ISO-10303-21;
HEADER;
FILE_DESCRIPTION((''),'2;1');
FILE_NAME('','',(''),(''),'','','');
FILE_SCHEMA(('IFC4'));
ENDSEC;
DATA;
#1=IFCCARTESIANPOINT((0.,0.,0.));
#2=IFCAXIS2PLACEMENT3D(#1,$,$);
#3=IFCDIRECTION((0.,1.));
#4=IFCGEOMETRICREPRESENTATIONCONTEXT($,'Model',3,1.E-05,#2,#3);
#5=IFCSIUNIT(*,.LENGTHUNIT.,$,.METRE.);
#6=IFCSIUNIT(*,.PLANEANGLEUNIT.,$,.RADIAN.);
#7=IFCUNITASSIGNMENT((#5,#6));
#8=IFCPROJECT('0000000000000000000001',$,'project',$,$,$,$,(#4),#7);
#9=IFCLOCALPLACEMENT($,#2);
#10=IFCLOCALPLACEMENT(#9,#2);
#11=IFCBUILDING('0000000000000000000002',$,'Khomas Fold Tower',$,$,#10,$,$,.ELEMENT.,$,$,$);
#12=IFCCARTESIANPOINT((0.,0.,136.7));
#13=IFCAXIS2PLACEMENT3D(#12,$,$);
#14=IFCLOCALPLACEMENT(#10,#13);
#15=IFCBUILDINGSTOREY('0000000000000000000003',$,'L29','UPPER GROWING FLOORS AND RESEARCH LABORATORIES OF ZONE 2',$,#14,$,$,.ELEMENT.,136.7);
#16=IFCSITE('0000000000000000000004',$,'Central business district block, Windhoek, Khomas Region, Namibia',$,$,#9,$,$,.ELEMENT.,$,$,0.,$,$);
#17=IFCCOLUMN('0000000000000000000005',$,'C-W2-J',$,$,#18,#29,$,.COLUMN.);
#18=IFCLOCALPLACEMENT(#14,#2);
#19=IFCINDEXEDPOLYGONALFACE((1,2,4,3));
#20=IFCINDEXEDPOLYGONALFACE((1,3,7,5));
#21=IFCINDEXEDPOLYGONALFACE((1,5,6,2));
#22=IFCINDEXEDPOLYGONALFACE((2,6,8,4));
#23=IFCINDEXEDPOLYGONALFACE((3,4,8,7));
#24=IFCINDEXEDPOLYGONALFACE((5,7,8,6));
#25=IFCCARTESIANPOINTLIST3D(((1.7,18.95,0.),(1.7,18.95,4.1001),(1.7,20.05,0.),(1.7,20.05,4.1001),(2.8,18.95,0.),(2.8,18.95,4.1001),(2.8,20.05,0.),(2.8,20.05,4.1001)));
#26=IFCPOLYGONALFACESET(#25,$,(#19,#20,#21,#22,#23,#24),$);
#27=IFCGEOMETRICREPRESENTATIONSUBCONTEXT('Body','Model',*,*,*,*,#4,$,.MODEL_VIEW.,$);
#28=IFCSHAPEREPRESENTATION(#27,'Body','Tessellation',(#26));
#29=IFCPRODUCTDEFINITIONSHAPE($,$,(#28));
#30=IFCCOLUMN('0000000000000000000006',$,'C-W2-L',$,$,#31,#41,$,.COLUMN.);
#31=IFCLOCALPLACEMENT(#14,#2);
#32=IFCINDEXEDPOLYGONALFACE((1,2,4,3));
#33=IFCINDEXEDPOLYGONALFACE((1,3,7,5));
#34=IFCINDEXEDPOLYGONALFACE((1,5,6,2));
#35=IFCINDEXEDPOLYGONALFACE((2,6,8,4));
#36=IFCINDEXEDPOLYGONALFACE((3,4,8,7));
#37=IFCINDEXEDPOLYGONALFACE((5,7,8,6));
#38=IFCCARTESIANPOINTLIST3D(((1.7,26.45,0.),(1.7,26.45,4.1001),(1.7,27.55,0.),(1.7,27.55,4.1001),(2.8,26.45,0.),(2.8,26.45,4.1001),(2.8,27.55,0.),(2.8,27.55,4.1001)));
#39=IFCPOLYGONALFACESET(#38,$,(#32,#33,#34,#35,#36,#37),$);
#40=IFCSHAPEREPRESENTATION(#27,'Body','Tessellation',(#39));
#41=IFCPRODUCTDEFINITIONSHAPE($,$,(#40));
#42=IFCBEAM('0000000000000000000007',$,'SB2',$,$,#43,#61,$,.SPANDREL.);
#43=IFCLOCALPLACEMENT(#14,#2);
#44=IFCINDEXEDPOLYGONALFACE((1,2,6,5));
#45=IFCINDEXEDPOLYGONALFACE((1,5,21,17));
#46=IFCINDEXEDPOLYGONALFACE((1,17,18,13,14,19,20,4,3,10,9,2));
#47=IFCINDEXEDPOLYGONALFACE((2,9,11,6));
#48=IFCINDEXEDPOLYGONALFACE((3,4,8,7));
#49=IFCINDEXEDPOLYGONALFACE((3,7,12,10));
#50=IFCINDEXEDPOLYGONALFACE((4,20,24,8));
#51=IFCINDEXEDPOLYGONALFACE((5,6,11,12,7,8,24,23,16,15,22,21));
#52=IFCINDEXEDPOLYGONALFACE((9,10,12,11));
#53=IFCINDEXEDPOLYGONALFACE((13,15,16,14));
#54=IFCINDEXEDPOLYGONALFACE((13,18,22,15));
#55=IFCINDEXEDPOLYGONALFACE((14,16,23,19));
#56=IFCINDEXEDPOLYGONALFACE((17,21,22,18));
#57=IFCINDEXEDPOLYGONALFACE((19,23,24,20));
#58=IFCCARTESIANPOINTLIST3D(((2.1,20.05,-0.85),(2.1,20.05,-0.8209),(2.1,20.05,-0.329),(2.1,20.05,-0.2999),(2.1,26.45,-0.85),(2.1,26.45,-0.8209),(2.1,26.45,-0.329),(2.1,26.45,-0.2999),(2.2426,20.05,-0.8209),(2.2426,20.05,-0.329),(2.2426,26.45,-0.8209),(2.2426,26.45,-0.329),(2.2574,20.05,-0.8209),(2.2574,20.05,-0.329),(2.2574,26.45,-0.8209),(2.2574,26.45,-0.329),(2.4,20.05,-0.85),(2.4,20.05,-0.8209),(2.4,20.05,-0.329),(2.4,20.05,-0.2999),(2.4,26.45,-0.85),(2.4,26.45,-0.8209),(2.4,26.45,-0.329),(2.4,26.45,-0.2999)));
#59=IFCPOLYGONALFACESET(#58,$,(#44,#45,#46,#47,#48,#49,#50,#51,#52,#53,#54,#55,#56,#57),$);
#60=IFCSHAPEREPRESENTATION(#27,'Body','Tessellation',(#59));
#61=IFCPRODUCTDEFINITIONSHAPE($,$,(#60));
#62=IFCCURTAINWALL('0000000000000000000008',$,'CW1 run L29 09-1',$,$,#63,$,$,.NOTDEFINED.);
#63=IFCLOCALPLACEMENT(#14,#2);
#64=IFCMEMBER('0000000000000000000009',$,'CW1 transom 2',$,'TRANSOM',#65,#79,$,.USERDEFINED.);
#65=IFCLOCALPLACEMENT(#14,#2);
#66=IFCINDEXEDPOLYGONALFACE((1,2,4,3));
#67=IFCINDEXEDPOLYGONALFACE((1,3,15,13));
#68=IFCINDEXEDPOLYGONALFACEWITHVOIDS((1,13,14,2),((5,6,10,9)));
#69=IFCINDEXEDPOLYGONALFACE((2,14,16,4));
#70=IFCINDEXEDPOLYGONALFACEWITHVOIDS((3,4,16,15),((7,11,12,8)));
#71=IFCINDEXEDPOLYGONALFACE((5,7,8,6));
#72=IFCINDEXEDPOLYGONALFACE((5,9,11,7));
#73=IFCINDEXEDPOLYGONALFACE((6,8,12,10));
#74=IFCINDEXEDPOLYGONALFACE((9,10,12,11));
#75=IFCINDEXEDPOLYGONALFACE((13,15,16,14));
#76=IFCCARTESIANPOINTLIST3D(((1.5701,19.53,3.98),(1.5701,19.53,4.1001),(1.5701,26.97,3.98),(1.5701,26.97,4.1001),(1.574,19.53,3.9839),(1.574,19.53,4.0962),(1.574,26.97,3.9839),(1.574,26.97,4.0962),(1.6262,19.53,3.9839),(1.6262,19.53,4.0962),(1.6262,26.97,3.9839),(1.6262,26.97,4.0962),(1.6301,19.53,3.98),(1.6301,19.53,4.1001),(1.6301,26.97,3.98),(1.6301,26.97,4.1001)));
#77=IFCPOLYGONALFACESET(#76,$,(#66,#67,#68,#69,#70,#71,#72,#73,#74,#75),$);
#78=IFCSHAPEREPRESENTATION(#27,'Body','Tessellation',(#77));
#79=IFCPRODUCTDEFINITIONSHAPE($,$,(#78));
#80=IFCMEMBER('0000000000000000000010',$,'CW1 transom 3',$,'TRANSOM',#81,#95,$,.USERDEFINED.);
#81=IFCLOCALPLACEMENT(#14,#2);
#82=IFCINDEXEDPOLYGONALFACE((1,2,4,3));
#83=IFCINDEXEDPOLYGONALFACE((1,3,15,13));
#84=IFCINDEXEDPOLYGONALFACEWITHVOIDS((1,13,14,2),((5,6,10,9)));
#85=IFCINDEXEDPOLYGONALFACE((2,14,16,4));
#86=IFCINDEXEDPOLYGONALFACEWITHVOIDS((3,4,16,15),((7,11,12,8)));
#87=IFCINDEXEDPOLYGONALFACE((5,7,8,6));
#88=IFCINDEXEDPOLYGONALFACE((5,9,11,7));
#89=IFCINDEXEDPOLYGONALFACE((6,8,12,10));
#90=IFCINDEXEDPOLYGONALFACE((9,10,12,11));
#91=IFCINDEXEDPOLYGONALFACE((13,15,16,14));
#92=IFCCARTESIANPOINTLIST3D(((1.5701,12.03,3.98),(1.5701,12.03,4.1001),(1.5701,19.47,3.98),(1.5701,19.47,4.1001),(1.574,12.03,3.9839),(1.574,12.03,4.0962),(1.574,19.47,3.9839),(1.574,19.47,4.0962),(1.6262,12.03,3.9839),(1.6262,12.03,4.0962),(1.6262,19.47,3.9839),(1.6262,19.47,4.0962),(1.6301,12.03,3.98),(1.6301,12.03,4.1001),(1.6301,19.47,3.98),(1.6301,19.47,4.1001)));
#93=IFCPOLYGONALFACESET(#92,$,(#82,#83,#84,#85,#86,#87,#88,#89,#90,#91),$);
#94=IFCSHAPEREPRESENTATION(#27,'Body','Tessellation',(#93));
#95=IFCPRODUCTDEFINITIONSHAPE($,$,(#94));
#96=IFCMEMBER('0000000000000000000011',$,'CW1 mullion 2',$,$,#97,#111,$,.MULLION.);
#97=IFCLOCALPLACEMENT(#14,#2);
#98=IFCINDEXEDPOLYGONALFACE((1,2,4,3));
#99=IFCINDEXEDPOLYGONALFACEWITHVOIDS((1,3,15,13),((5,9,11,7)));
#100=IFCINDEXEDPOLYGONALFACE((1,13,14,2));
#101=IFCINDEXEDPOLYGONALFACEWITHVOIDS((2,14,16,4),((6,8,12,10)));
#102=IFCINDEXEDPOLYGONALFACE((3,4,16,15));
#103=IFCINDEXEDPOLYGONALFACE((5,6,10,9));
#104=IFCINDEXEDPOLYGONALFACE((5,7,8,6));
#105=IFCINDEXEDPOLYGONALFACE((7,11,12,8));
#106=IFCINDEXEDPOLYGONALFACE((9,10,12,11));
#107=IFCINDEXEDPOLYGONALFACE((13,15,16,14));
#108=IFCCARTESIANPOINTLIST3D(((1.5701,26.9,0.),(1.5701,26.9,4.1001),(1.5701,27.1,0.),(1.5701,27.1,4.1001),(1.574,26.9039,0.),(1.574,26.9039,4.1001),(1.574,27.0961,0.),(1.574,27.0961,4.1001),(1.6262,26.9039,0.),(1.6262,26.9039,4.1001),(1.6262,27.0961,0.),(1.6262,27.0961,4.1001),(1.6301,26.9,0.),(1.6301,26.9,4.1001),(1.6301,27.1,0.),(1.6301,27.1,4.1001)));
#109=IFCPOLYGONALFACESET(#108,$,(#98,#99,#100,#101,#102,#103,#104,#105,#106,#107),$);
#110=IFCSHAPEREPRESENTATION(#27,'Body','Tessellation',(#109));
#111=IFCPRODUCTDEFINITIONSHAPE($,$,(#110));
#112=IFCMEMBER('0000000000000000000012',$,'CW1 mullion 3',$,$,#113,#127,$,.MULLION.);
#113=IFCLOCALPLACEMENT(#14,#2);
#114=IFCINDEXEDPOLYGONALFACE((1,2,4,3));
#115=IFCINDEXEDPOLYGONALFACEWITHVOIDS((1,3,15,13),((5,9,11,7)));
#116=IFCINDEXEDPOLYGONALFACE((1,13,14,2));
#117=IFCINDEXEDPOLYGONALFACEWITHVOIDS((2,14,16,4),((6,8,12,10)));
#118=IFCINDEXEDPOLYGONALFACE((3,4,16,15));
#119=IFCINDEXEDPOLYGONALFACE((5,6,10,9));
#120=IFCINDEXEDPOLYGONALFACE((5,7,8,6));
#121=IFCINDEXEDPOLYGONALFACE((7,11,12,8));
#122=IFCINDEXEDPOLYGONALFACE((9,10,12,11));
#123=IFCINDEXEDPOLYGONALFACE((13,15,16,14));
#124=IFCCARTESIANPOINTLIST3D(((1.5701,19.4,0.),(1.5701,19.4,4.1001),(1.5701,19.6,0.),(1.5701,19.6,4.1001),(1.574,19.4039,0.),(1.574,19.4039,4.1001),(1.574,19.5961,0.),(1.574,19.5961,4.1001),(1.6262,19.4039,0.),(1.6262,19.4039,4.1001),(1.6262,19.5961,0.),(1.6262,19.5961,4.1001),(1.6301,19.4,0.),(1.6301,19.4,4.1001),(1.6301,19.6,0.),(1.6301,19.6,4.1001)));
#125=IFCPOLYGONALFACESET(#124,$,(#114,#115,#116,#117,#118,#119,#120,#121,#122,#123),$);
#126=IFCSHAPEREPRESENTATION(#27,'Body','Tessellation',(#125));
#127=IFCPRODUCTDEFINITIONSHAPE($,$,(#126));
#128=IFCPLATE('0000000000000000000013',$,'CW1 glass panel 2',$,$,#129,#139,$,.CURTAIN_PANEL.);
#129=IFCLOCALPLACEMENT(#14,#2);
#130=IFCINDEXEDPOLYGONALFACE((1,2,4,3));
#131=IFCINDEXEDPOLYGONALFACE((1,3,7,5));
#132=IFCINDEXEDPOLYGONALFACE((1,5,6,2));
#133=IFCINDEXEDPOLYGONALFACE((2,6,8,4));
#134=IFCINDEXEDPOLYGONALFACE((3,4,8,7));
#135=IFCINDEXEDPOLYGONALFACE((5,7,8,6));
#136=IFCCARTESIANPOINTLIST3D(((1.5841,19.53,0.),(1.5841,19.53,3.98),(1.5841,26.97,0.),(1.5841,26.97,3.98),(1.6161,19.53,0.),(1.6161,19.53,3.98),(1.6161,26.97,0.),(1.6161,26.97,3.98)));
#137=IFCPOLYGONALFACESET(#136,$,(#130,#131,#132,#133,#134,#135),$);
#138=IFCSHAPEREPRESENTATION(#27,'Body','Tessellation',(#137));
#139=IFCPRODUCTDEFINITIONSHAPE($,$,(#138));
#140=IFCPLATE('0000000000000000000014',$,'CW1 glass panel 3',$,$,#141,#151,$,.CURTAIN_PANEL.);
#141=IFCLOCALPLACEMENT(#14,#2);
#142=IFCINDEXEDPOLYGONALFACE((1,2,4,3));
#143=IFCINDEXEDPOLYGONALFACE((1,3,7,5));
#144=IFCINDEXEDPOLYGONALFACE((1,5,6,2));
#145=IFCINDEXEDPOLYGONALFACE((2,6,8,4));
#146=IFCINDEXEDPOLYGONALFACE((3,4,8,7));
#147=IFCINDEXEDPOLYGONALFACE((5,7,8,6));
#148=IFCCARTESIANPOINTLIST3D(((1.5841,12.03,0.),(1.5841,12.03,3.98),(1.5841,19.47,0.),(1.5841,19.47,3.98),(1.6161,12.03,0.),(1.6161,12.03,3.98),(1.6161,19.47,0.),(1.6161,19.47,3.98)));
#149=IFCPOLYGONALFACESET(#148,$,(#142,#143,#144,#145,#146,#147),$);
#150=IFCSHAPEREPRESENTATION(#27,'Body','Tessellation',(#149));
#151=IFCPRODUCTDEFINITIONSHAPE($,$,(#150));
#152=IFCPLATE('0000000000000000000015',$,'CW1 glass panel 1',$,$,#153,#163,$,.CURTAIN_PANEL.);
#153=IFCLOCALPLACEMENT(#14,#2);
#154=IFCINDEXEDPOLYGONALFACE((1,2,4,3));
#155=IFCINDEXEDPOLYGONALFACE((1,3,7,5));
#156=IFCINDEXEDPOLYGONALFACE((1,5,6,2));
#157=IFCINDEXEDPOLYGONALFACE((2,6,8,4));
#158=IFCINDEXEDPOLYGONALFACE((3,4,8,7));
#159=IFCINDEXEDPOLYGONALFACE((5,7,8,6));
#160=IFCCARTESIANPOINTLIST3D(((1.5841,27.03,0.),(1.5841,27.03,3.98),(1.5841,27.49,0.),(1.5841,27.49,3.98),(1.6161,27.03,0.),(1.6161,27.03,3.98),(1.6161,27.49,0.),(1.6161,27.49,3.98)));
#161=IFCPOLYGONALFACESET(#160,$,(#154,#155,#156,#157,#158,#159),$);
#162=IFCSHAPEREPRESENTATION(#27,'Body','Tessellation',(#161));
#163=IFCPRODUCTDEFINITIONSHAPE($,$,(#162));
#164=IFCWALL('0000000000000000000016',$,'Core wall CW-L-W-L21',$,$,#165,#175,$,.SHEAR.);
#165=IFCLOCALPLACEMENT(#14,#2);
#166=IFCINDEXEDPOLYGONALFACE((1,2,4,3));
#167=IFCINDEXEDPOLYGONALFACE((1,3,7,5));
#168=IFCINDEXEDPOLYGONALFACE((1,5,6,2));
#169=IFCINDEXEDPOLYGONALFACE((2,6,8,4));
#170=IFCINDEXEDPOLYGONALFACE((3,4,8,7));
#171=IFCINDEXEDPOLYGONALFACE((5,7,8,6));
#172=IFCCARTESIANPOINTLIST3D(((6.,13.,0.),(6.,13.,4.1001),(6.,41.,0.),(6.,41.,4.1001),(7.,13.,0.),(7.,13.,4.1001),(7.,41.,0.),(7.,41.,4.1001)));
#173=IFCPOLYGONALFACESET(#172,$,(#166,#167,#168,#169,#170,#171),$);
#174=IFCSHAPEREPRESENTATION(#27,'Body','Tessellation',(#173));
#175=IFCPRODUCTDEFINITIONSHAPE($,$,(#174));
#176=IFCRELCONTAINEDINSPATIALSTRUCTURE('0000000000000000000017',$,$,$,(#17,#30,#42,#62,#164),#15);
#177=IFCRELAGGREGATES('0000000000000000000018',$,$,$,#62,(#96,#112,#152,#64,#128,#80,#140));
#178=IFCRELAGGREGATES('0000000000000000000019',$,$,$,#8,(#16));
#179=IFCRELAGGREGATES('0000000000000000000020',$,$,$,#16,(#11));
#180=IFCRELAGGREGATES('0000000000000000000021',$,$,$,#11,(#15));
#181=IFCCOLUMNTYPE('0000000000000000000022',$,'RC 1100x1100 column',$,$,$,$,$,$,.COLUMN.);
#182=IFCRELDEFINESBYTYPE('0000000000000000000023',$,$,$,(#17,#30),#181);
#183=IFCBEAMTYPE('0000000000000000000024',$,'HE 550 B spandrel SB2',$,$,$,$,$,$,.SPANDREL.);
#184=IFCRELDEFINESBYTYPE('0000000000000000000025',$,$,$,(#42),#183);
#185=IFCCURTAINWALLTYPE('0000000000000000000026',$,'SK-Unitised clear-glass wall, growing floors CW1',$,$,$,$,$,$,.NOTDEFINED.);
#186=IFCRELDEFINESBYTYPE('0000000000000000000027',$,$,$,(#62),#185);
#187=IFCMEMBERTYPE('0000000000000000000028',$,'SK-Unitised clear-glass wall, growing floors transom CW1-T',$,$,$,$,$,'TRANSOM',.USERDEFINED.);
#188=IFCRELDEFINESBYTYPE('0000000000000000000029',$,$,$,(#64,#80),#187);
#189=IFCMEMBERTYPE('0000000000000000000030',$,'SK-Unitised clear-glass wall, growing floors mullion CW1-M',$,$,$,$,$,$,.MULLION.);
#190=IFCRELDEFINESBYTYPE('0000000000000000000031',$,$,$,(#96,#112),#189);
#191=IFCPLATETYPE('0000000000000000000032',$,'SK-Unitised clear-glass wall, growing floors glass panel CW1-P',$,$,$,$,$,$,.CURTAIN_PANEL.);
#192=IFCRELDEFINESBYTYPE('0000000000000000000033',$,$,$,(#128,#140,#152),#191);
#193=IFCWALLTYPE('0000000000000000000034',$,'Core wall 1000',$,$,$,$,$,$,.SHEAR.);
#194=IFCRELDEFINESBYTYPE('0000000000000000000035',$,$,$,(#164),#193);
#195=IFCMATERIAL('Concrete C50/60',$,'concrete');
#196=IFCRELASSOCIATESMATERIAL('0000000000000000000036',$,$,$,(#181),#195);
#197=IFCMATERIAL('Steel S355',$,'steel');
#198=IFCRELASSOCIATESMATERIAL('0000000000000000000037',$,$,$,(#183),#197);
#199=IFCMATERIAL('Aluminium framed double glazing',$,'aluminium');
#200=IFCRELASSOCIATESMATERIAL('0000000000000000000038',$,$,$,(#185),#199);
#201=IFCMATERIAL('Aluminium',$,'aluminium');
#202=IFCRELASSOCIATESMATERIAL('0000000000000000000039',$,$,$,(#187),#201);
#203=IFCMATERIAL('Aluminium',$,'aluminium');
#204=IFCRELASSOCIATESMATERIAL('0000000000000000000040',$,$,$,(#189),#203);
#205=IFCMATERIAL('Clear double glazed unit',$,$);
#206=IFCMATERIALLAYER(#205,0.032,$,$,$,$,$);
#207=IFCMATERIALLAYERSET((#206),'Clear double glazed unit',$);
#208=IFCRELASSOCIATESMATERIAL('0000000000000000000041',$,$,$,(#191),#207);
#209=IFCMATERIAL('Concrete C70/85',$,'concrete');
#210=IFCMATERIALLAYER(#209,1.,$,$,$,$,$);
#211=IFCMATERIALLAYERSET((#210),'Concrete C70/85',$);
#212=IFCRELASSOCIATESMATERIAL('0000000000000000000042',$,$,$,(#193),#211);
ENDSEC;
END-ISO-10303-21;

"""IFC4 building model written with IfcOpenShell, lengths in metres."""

from ifc_helpers import new_model, si_unit, direction, frame, frame_2d, origin, origin_2d, place, context, subcontext, project, spatial, rectangle, hollow_rectangle, i_section, extrude, source, transform, mapped, material, layer, layer_set, material_profile, profile_set, type_object, element, aggregate, save


model = new_model("IFC4")

# Units and contexts
model_context = context("Model", 3, precision=1e-05, world=origin(), true_north=direction((0.0, 1.0)))
body_context = subcontext(model_context, "Body", "Model", "MODEL_VIEW")
ifc_project = project(units=[si_unit("LENGTHUNIT", "METRE"), si_unit("PLANEANGLEUNIT", "RADIAN")], contexts=[model_context])

# Site, building, storey
site_placement = place(None, origin())
site = spatial("IfcSite", under=ifc_project, at=site_placement, Name="Central business district block, Windhoek, Khomas Region, Namibia", CompositionType="ELEMENT", RefElevation=0.0)
building_placement = place(site_placement, origin())
building = spatial("IfcBuilding", under=site, at=building_placement, Name="Khomas Fold Tower", CompositionType="ELEMENT")
storey_placement = place(building_placement, frame((0.0, 0.0, 136.7)))
storey = spatial("IfcBuildingStorey", under=building, at=storey_placement, Name="L29", Description="UPPER GROWING FLOORS AND RESEARCH LABORATORIES OF ZONE 2", CompositionType="ELEMENT", Elevation=136.7)

# Columns
ifc_material_1 = material(Name="Concrete C50/60", Category="concrete")
ifc_material_profile_1 = material_profile(ifc_material_1, rectangle(XDim=1.1001, YDim=1.1001, at=origin_2d()), Name="RC 1100x1100")
ifc_profile_set_1 = profile_set([ifc_material_profile_1], Name="Concrete C50/60")
column_type = type_object("IfcColumnType", Name="RC 1100x1100 column", PredefinedType="COLUMN", material=ifc_profile_set_1)
shared_shape_1 = source(origin(), body_context, "Body", "SweptSolid", [
    extrude(rectangle(XDim=1.1001, YDim=1.1001, at=origin_2d()), origin(), (0.0, 0.0, 1.0), 4.1001),
])
for number, where, z_axis, x_axis, name in (
    (1, (2.25, 19.5, 0.0), (0.0, 0.0, 1.0), (1.0, 0.0, 0.0), "C-W2-J"),
    (2, (2.25, 27.0, 0.0), (0.0, 0.0, 1.0), (1.0, 0.0, 0.0), "C-W2-L"),
):
    element("IfcColumn", number, at=place(storey_placement, frame(where, z_axis=z_axis, x_axis=x_axis)), inside=storey, type_object=column_type, Name=name, PredefinedType="COLUMN", context=body_context, shape_type="MappedRepresentation", body=[
        mapped(shared_shape_1, transform((0.0, 0.0, 0.0))),
    ])

# Beam
ifc_material_2 = material(Name="Steel S355", Category="steel")
ifc_material_profile_2 = material_profile(ifc_material_2, i_section(OverallWidth=0.3, OverallDepth=0.55, WebThickness=0.0149, FlangeThickness=0.0291, at=origin_2d()), Name="HE 550 B")
ifc_profile_set_2 = profile_set([ifc_material_profile_2], Name="Steel S355")
beam_type = type_object("IfcBeamType", Name="HE 550 B spandrel SB2", PredefinedType="SPANDREL", material=ifc_profile_set_2)
shared_shape_2 = source(origin(), body_context, "Body", "SweptSolid", [
    extrude(i_section(OverallWidth=0.3, OverallDepth=0.55, WebThickness=0.0149, FlangeThickness=0.0291, at=origin_2d()), origin(), (0.0, 0.0, 1.0), 6.3999),
])
beam_placement = place(storey_placement, frame((2.25, 20.05, -0.575), z_axis=(0.0, 1.0, 0.0), x_axis=(-1.0, 0.0, 0.0)))
element("IfcBeam", 3, at=beam_placement, inside=storey, type_object=beam_type, Name="SB2", PredefinedType="SPANDREL", context=body_context, shape_type="MappedRepresentation", body=[
    mapped(shared_shape_2, transform((0.0, 0.0, 0.0))),
])

# Curtain wall, members, plates
ifc_material_3 = material(Name="Aluminium framed double glazing", Category="aluminium")
curtain_wall_type = type_object("IfcCurtainWallType", Name="SK-Unitised clear-glass wall, growing floors CW1", PredefinedType="NOTDEFINED", material=ifc_material_3)
curtain_wall_placement = place(storey_placement, origin())
curtain_wall = element("IfcCurtainWall", 4, at=curtain_wall_placement, inside=storey, type_object=curtain_wall_type, Name="CW1 run L29 09-1", PredefinedType="NOTDEFINED")
ifc_material_4 = material(Name="Aluminium", Category="aluminium")
ifc_material_profile_3 = material_profile(ifc_material_4, hollow_rectangle(XDim=0.0601, YDim=0.1201, WallThickness=0.0039, at=origin_2d()), Name="SK-Unitised clear-glass wall, growing floors transom CW1-T")
ifc_profile_set_3 = profile_set([ifc_material_profile_3], Name="Aluminium")
member_type_1 = type_object("IfcMemberType", Name="SK-Unitised clear-glass wall, growing floors transom CW1-T", ElementType="TRANSOM", PredefinedType="USERDEFINED", material=ifc_profile_set_3)
shared_shape_3 = source(origin(), body_context, "Body", "SweptSolid", [
    extrude(hollow_rectangle(XDim=0.0601, YDim=0.1201, WallThickness=0.0039, at=origin_2d()), origin(), (0.0, 0.0, 1.0), 7.4399),
])
member_1_placement = place(storey_placement, frame((1.6001, 26.97, 4.04), z_axis=(0.0, -1.0, 0.0), x_axis=(1.0, 0.0, 0.0)))
member_1 = element("IfcMember", 5, at=member_1_placement, type_object=member_type_1, Name="CW1 transom 2", ObjectType="TRANSOM", PredefinedType="USERDEFINED", context=body_context, shape_type="MappedRepresentation", body=[
    mapped(shared_shape_3, transform((0.0, 0.0, 0.0))),
])
member_2_placement = place(storey_placement, frame((1.6001, 19.47, 4.04), z_axis=(0.0, -1.0, 0.0), x_axis=(1.0, 0.0, 0.0)))
member_2 = element("IfcMember", 6, at=member_2_placement, type_object=member_type_1, Name="CW1 transom 3", ObjectType="TRANSOM", PredefinedType="USERDEFINED", context=body_context, shape_type="MappedRepresentation", body=[
    mapped(shared_shape_3, transform((0.0, 0.0, 0.0))),
])
ifc_material_5 = material(Name="Aluminium", Category="aluminium")
ifc_material_profile_4 = material_profile(ifc_material_5, hollow_rectangle(XDim=0.0601, YDim=0.2, WallThickness=0.0039, at=origin_2d()), Name="SK-Unitised clear-glass wall, growing floors mullion CW1-M")
ifc_profile_set_4 = profile_set([ifc_material_profile_4], Name="Aluminium")
member_type_2 = type_object("IfcMemberType", Name="SK-Unitised clear-glass wall, growing floors mullion CW1-M", PredefinedType="MULLION", material=ifc_profile_set_4)
shared_shape_4 = source(origin(), body_context, "Body", "SweptSolid", [
    extrude(hollow_rectangle(XDim=0.0601, YDim=0.2, WallThickness=0.0039, at=origin_2d()), origin(), (0.0, 0.0, 1.0), 4.1001),
])
member_3_placement = place(storey_placement, frame((1.6001, 27.0, 0.0), z_axis=(0.0, 0.0, 1.0), x_axis=(1.0, 0.0, 0.0)))
member_3 = element("IfcMember", 7, at=member_3_placement, type_object=member_type_2, Name="CW1 mullion 2", PredefinedType="MULLION", context=body_context, shape_type="MappedRepresentation", body=[
    mapped(shared_shape_4, transform((0.0, 0.0, 0.0))),
])
member_4_placement = place(storey_placement, frame((1.6001, 19.5, 0.0), z_axis=(0.0, 0.0, 1.0), x_axis=(1.0, 0.0, 0.0)))
member_4 = element("IfcMember", 8, at=member_4_placement, type_object=member_type_2, Name="CW1 mullion 3", PredefinedType="MULLION", context=body_context, shape_type="MappedRepresentation", body=[
    mapped(shared_shape_4, transform((0.0, 0.0, 0.0))),
])
ifc_material_6 = material(Name="Clear double glazed unit")
ifc_layer_1 = layer(ifc_material_6, 0.032)
ifc_layer_set_1 = layer_set([ifc_layer_1], Name="Clear double glazed unit")
plate_type = type_object("IfcPlateType", Name="SK-Unitised clear-glass wall, growing floors glass panel CW1-P", PredefinedType="CURTAIN_PANEL", material=ifc_layer_set_1)
shared_shape_5 = source(origin(), body_context, "Body", "SweptSolid", [
    extrude(rectangle(XDim=7.4399, YDim=0.032, at=origin_2d()), origin(), (0.0, 0.0, 1.0), 3.98),
])
plate_1_placement = place(storey_placement, frame((1.6001, 23.25, 0.0), z_axis=(0.0, 0.0, 1.0), x_axis=(0.0, -1.0, 0.0)))
plate_1 = element("IfcPlate", 9, at=plate_1_placement, type_object=plate_type, Name="CW1 glass panel 2", PredefinedType="CURTAIN_PANEL", context=body_context, shape_type="MappedRepresentation", body=[
    mapped(shared_shape_5, transform((0.0, 0.0, 0.0))),
])
plate_2_placement = place(storey_placement, frame((1.6001, 15.75, 0.0), z_axis=(0.0, 0.0, 1.0), x_axis=(0.0, -1.0, 0.0)))
plate_2 = element("IfcPlate", 10, at=plate_2_placement, type_object=plate_type, Name="CW1 glass panel 3", PredefinedType="CURTAIN_PANEL", context=body_context, shape_type="MappedRepresentation", body=[
    mapped(shared_shape_5, transform((0.0, 0.0, 0.0))),
])
shared_shape_6 = source(origin(), body_context, "Body", "SweptSolid", [
    extrude(rectangle(XDim=0.46, YDim=0.032, at=origin_2d()), origin(), (0.0, 0.0, 1.0), 3.98),
])
plate_3_placement = place(storey_placement, frame((1.6001, 27.26, 0.0), z_axis=(0.0, 0.0, 1.0), x_axis=(0.0, -1.0, 0.0)))
plate_3 = element("IfcPlate", 11, at=plate_3_placement, type_object=plate_type, Name="CW1 glass panel 1", PredefinedType="CURTAIN_PANEL", context=body_context, shape_type="MappedRepresentation", body=[
    mapped(shared_shape_6, transform((0.0, 0.0, 0.0))),
])
aggregate(curtain_wall, [member_3, member_4, plate_3, member_1, plate_1, member_2, plate_2])

# Wall
ifc_material_7 = material(Name="Concrete C70/85", Category="concrete")
ifc_layer_2 = layer(ifc_material_7, 1.0)
ifc_layer_set_2 = layer_set([ifc_layer_2], Name="Concrete C70/85")
wall_type_1 = type_object("IfcWallType", Name="Core wall 1000", PredefinedType="SHEAR", material=ifc_layer_set_2)
shared_shape_7 = source(origin(), body_context, "Body", "SweptSolid", [
    extrude(rectangle(XDim=28.0, YDim=1.0, at=frame_2d((14.0, 0.0))), origin(), (0.0, 0.0, 1.0), 4.1001),
])
wall_1_placement = place(storey_placement, frame((6.5, 13.0, 0.0), z_axis=(0.0, 0.0, 1.0), x_axis=(0.0, 1.0, 0.0)))
element("IfcWall", 12, at=wall_1_placement, inside=storey, type_object=wall_type_1, Name="Core wall CW-L-W-L21", PredefinedType="SHEAR", context=body_context, shape_type="MappedRepresentation", body=[
    mapped(shared_shape_7, transform((0.0, 0.0, 0.0))),
])

save(model, "model.ifc")
